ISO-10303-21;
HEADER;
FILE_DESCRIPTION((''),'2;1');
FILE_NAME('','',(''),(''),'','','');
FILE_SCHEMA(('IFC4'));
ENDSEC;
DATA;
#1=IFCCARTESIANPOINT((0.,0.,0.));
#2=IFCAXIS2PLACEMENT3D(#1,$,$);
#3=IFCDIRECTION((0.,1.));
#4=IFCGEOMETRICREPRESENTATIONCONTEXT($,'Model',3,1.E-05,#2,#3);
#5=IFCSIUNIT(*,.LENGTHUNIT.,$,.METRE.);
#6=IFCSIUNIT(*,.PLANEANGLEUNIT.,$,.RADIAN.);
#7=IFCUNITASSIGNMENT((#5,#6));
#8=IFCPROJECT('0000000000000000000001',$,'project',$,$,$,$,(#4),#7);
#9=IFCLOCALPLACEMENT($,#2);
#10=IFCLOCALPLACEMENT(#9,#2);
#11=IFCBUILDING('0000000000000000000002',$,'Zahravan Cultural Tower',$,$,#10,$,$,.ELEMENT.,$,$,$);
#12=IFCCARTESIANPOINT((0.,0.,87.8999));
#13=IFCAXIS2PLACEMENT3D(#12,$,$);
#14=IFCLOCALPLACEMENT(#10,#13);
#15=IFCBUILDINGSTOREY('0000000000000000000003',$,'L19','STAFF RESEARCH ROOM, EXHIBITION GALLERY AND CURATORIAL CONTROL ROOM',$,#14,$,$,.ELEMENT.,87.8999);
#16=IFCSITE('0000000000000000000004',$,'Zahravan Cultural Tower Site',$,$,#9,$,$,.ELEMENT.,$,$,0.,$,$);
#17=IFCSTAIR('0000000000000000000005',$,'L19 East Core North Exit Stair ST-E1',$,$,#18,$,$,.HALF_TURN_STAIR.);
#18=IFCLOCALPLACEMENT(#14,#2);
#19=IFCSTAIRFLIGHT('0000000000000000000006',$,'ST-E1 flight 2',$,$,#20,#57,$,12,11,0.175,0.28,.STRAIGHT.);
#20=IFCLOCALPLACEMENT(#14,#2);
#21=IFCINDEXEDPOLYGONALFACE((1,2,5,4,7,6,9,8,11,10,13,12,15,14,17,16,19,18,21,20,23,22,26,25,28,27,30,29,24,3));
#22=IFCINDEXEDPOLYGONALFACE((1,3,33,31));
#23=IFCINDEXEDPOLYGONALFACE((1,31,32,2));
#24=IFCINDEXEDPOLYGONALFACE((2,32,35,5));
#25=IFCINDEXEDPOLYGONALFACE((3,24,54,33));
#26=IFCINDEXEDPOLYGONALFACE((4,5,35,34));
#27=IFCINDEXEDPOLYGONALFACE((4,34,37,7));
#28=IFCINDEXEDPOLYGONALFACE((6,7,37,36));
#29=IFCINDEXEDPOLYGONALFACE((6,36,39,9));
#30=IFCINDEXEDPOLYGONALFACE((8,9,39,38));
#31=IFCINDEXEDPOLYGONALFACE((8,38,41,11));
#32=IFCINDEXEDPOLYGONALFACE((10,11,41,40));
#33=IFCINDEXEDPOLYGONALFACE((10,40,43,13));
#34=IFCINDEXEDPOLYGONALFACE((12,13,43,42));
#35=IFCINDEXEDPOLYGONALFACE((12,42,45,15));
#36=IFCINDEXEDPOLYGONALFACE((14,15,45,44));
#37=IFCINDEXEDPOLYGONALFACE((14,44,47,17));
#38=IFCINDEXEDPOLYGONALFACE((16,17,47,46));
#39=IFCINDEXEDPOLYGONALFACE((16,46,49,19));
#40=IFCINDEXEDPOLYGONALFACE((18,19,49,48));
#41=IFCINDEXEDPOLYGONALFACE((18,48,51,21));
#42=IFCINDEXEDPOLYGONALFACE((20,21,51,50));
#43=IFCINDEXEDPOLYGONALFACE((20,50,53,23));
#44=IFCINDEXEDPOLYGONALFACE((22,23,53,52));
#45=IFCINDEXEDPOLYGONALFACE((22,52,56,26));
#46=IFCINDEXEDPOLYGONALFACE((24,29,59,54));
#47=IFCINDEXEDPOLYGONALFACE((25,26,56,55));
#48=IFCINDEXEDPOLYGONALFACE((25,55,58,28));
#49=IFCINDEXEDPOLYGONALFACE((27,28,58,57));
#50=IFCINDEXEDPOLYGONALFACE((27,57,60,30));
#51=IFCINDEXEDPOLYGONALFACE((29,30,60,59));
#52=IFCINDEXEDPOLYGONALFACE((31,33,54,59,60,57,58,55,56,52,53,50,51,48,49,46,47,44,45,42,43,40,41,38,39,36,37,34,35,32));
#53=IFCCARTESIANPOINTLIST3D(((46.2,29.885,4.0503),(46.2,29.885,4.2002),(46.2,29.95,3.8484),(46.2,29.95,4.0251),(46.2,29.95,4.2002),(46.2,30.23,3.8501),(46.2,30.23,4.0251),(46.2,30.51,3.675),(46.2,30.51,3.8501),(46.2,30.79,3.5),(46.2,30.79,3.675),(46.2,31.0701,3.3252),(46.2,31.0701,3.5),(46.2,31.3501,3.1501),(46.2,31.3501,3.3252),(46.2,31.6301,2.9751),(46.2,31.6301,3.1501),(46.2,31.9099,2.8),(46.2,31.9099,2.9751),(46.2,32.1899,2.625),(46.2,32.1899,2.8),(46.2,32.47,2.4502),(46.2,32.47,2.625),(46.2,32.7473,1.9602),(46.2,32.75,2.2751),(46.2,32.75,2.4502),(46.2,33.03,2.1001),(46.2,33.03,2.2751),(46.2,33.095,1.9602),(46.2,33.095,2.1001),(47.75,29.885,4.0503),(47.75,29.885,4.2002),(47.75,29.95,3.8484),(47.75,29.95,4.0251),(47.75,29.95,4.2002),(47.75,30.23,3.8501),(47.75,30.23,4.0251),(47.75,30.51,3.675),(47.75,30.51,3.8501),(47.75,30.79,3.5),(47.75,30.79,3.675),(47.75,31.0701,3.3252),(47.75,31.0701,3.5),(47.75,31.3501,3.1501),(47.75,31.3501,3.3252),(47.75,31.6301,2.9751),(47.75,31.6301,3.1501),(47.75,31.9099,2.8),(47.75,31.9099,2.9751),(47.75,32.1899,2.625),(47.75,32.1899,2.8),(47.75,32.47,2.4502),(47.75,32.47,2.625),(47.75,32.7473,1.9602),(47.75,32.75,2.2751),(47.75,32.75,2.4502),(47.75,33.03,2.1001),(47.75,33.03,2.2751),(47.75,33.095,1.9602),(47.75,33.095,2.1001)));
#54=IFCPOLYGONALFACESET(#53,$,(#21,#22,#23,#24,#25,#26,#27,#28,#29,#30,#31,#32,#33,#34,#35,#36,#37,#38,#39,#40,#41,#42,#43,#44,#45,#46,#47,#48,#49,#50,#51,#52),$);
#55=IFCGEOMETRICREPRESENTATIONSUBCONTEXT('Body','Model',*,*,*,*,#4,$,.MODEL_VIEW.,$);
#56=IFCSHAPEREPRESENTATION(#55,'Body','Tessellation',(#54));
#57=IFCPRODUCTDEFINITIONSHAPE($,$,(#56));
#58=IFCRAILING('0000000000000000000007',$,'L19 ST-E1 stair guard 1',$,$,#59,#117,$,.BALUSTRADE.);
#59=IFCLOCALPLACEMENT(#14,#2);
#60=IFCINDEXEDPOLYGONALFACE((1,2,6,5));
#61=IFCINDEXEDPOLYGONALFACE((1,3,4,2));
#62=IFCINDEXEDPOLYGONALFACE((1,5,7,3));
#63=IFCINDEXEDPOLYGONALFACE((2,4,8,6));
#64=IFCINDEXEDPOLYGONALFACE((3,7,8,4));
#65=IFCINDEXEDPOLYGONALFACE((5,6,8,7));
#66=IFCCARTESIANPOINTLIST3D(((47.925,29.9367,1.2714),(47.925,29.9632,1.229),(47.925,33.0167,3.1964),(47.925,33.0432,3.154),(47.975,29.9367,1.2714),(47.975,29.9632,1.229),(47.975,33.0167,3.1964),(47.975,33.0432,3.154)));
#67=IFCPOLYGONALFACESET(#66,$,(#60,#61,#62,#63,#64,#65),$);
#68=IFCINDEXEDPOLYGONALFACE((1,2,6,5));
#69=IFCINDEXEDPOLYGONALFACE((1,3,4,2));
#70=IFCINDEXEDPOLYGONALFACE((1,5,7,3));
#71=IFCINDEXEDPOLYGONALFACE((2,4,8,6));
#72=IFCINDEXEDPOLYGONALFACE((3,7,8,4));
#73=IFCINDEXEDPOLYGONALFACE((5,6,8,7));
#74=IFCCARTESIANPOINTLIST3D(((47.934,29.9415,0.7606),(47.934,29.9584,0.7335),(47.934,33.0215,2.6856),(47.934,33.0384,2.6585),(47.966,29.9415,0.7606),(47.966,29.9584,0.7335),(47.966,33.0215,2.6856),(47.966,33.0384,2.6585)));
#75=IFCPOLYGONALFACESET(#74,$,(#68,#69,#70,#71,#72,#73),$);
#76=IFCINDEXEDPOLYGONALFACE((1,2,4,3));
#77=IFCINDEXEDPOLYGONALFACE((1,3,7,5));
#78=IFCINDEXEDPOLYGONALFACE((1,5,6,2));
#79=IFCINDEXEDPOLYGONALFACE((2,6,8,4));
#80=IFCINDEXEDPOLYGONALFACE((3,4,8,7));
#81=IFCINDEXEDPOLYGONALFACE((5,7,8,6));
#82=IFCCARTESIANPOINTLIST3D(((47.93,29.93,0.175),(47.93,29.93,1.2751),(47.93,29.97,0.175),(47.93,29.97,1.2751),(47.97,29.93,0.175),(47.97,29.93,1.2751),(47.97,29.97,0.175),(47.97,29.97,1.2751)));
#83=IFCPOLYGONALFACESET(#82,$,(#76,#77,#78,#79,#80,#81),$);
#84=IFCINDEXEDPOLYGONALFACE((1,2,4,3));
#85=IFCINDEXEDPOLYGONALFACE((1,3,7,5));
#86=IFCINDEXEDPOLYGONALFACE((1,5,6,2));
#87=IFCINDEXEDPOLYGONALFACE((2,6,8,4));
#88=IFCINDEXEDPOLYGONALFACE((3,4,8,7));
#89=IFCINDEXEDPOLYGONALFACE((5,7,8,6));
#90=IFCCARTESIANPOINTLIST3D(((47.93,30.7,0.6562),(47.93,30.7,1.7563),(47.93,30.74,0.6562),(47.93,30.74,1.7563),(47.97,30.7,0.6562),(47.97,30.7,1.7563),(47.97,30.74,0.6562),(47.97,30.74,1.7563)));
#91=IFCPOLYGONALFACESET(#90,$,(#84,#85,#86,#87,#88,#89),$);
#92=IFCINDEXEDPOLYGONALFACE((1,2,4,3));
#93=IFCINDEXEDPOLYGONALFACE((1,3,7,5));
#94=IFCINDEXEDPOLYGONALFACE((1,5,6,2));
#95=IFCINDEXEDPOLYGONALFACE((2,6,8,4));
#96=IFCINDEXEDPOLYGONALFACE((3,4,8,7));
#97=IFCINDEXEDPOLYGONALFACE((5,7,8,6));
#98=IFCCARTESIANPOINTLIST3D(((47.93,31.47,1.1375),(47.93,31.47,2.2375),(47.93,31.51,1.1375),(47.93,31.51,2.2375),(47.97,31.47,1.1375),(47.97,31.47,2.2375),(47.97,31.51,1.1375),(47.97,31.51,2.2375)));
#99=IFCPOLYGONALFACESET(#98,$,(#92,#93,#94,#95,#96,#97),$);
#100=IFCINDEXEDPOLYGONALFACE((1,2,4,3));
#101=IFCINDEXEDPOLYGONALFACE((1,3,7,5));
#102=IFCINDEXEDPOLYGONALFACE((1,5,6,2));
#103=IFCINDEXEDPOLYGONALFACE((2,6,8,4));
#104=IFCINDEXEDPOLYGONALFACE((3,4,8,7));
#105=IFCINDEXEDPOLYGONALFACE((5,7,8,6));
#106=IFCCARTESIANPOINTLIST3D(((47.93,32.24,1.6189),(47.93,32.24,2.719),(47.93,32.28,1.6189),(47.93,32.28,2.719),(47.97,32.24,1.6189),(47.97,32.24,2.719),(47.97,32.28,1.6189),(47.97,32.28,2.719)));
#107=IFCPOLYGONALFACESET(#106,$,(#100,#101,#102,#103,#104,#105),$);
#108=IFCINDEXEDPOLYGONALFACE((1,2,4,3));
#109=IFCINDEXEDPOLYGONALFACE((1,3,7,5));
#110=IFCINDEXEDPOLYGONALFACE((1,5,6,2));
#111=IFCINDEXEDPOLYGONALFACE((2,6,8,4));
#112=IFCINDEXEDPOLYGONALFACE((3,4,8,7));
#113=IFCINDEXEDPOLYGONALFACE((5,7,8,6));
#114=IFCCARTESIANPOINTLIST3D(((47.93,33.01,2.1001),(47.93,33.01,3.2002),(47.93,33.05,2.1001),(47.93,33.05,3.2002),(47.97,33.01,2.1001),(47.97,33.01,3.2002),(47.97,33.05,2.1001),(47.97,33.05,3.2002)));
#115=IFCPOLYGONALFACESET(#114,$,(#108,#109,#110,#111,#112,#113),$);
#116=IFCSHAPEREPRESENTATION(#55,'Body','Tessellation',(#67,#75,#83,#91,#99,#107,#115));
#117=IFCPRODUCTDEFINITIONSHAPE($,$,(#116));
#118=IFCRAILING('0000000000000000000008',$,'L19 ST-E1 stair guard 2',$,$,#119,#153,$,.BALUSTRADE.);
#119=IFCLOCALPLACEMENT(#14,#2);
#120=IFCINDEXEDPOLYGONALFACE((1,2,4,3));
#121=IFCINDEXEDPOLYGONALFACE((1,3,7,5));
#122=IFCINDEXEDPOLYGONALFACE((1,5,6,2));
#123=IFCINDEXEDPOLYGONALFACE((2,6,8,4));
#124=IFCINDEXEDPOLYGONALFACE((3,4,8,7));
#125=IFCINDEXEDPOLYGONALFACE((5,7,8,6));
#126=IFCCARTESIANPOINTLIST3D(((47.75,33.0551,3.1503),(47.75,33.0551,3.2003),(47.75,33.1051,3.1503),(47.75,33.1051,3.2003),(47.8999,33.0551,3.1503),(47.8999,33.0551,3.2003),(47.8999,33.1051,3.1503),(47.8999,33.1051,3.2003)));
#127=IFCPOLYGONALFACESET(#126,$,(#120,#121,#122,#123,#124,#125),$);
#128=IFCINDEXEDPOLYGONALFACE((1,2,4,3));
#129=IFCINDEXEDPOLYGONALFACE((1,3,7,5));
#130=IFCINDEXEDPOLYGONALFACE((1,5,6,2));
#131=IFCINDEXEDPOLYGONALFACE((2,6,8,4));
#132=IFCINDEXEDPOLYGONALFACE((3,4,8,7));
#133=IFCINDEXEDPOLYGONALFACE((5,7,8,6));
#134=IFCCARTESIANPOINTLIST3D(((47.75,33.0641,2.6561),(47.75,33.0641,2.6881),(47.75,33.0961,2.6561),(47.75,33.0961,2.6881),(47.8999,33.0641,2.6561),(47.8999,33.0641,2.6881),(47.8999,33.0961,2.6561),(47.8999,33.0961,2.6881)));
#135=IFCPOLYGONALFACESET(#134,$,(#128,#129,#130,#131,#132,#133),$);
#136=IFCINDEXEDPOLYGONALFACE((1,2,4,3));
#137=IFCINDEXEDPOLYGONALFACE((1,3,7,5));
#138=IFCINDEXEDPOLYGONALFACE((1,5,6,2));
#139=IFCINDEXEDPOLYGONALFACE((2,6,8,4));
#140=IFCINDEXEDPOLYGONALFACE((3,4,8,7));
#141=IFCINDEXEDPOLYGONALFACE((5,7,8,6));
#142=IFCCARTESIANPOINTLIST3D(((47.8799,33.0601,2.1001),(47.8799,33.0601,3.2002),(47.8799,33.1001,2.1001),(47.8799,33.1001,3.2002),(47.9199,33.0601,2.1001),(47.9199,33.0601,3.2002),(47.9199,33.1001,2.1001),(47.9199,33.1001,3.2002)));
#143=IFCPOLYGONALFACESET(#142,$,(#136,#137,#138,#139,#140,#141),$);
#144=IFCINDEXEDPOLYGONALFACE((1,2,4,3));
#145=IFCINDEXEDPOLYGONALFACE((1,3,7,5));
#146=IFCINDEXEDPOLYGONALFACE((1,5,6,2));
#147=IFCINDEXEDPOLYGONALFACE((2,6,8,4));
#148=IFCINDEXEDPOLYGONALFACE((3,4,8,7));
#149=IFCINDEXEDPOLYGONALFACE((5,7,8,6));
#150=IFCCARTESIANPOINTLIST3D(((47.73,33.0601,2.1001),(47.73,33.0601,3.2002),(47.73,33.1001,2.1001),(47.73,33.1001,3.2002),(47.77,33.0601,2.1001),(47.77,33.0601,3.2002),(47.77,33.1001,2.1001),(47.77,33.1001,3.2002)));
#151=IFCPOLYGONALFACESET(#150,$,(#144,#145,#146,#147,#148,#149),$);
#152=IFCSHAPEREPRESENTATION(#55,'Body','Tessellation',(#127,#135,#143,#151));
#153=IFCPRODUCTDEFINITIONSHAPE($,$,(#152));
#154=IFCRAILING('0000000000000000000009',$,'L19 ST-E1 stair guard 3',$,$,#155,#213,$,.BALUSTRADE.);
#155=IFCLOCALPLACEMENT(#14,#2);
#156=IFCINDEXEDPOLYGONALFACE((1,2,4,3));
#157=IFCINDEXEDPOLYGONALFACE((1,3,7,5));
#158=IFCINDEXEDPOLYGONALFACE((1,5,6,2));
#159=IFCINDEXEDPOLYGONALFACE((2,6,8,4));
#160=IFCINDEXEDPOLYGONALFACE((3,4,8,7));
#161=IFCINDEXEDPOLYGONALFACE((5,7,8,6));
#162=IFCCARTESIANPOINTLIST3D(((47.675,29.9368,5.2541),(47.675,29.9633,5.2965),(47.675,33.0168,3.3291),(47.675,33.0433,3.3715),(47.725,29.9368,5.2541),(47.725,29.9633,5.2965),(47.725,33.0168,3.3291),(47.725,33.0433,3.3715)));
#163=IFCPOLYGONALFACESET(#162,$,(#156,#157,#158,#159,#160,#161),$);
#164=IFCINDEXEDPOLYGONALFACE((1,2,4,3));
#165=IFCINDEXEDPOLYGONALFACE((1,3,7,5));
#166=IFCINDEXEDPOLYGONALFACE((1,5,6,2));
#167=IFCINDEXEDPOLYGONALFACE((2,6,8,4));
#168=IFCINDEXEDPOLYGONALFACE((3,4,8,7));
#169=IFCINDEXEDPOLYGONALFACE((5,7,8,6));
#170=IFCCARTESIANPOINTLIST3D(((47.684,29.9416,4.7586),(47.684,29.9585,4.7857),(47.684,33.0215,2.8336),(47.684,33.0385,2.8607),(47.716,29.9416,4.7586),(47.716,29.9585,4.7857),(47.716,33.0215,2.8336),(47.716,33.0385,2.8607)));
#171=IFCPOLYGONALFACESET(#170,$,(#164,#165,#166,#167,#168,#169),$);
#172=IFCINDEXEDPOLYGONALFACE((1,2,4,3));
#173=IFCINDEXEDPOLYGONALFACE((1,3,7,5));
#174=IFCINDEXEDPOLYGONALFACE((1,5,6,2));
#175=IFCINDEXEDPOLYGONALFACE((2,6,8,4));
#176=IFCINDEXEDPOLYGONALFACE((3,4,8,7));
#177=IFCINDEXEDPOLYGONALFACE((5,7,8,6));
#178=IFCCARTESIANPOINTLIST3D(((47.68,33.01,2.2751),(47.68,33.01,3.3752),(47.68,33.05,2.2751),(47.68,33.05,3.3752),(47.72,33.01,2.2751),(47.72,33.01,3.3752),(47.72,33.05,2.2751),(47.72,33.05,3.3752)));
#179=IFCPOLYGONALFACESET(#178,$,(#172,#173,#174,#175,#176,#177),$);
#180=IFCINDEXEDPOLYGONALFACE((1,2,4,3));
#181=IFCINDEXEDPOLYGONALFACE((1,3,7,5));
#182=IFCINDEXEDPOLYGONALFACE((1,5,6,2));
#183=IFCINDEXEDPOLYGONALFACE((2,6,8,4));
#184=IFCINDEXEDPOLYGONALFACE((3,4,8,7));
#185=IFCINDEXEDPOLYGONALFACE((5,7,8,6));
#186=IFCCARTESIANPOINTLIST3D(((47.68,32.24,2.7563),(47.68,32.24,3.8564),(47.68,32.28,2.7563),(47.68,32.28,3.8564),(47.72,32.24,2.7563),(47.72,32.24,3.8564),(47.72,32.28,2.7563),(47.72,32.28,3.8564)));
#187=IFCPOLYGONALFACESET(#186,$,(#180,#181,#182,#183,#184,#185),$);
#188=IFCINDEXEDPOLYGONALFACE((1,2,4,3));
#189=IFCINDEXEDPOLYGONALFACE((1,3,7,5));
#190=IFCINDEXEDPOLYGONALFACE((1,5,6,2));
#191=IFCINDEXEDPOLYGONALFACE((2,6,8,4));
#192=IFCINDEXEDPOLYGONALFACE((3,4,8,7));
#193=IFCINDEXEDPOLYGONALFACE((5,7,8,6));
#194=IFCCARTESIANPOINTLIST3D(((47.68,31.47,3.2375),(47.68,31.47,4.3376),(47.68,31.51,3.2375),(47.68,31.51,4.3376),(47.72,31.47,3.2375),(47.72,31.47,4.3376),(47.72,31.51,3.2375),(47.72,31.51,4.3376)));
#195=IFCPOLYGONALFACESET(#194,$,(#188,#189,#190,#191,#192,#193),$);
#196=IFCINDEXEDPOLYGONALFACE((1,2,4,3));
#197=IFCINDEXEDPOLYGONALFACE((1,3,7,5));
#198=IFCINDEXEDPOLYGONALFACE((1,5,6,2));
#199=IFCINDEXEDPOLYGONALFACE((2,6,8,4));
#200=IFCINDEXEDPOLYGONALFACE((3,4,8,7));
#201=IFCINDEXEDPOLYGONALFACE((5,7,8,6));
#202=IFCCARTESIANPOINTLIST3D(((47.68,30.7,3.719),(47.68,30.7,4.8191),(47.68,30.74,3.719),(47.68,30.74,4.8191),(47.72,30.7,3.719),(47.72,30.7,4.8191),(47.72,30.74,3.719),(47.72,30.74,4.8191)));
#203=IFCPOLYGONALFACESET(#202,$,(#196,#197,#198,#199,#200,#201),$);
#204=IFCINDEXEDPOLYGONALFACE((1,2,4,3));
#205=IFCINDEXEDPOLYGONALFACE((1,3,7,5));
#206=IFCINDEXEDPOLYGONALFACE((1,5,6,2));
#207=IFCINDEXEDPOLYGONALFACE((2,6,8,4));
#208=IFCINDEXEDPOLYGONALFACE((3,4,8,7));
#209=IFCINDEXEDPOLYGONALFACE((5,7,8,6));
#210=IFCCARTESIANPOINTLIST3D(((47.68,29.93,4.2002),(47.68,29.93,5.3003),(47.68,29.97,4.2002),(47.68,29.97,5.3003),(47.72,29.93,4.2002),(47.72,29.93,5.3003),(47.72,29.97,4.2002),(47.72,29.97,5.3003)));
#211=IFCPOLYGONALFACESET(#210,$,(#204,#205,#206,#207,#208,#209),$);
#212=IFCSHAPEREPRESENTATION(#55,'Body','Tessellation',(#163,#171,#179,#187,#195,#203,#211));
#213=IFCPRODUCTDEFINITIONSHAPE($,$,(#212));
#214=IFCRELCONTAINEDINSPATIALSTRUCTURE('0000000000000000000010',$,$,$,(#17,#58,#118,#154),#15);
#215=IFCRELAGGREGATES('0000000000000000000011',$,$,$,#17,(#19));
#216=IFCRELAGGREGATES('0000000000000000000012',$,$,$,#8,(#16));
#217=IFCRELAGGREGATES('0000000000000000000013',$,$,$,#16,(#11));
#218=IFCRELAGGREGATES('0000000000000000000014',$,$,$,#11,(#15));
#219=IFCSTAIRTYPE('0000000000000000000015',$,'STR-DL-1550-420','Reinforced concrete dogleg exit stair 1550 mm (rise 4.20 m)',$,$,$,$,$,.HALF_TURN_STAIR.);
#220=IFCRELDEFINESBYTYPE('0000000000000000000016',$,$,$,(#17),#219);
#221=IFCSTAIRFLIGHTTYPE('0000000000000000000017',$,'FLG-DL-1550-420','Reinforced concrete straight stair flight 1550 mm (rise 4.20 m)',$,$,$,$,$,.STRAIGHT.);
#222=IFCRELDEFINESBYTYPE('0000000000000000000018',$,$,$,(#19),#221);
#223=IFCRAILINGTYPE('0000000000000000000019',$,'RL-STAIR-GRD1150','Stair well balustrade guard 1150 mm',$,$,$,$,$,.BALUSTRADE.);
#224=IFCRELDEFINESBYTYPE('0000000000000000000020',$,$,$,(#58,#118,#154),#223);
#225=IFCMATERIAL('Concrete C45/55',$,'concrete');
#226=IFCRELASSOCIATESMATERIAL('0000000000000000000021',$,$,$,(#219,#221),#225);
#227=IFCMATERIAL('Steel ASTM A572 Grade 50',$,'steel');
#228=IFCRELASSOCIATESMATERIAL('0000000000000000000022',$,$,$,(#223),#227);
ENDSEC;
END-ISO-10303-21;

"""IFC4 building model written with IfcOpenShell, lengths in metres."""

from ifc_helpers import new_model, si_unit, direction, frame, origin, origin_2d, place, context, subcontext, project, spatial, polyline, rectangle, outline, extrude, material, type_object, element, aggregate, save


model = new_model("IFC4")

# Units and contexts
model_context = context("Model", 3, precision=1e-05, world=origin(), true_north=direction((0.0, 1.0)))
body_context = subcontext(model_context, "Body", "Model", "MODEL_VIEW")
ifc_project = project(units=[si_unit("LENGTHUNIT", "METRE"), si_unit("PLANEANGLEUNIT", "RADIAN")], contexts=[model_context])

# Site, building, storey
site_placement = place(None, origin())
site = spatial("IfcSite", under=ifc_project, at=site_placement, Name="Zahravan Cultural Tower Site", CompositionType="ELEMENT", RefElevation=0.0)
building_placement = place(site_placement, origin())
building = spatial("IfcBuilding", under=site, at=building_placement, Name="Zahravan Cultural Tower", CompositionType="ELEMENT")
storey_placement = place(building_placement, frame((0.0, 0.0, 87.8999)))
storey = spatial("IfcBuildingStorey", under=building, at=storey_placement, Name="L19", Description="STAFF RESEARCH ROOM, EXHIBITION GALLERY AND CURATORIAL CONTROL ROOM", CompositionType="ELEMENT", Elevation=87.8999)

# Shared definitions
ifc_material_1 = material(Name="Concrete C45/55", Category="concrete")
ifc_material_2 = material(Name="Steel ASTM A572 Grade 50", Category="steel")

# Stair, stair flight
stair_type = type_object("IfcStairType", Name="STR-DL-1550-420", Description="Reinforced concrete dogleg exit stair 1550 mm (rise 4.20 m)", PredefinedType="HALF_TURN_STAIR", material=ifc_material_1)
stair_placement = place(storey_placement, origin())
stair = element("IfcStair", 1, at=stair_placement, inside=storey, type_object=stair_type, Name="L19 East Core North Exit Stair ST-E1", PredefinedType="HALF_TURN_STAIR")
stair_flight_type = type_object("IfcStairFlightType", Name="FLG-DL-1550-420", Description="Reinforced concrete straight stair flight 1550 mm (rise 4.20 m)", PredefinedType="STRAIGHT", material=ifc_material_1)
stair_flight_1_placement = place(storey_placement, frame((46.9751, 33.03, 2.1001), z_axis=(0.0, 0.0, 1.0), x_axis=(0.0, -1.0, 0.0)))
stair_flight_1 = element("IfcStairFlight", 2, at=stair_flight_1_placement, type_object=stair_flight_type, Name="ST-E1 flight 2", NumberOfRisers=12, NumberOfTreads=11, PredefinedType="STRAIGHT", RiserHeight=0.175, TreadLength=0.28, context=body_context, shape_type="SweptSolid", body=[
    extrude(outline(polyline([(-0.0649, -0.1399), (-0.0649, 0.0), (0.0, 0.0), (0.0, 0.175), (0.28, 0.175), (0.28, 0.3501), (0.5601, 0.3501), (0.5601, 0.5249), (0.8401, 0.5249), (0.8401, 0.7), (1.1201, 0.7), (1.1201, 0.875), (1.3999, 0.875), (1.3999, 1.05), (1.6799, 1.05), (1.6799, 1.2251), (1.96, 1.2251), (1.96, 1.3999), (2.24, 1.3999), (2.24, 1.575), (2.52, 1.575), (2.52, 1.75), (2.8, 1.75), (2.8, 1.925), (3.0801, 1.925), (3.0801, 2.1001), (3.145, 2.1001), (3.145, 1.9502), (3.0801, 1.7483), (0.2827, -0.1399), (-0.0649, -0.1399)])), frame((0.0, 0.7749, 0.0), z_axis=(0.0, -1.0, 0.0), x_axis=(1.0, 0.0, 0.0)), (0.0, 0.0, 1.0), 1.55),
])
aggregate(stair, [stair_flight_1])

# Railings
railing_type_1 = type_object("IfcRailingType", Name="RL-STAIR-GRD1150", Description="Stair well balustrade guard 1150 mm", PredefinedType="BALUSTRADE", material=ifc_material_2)
railing_1_placement = place(storey_placement, frame((47.95, 29.95, 0.175)))
element("IfcRailing", 3, at=railing_1_placement, inside=storey, type_object=railing_type_1, Name="L19 ST-E1 stair guard 1", PredefinedType="BALUSTRADE", context=body_context, shape_type="SweptSolid", body=[
    extrude(rectangle(XDim=0.05, YDim=0.05, at=origin_2d()), frame((0.0, 0.0, 1.0752), z_axis=(0.0, 0.847998, 0.529999), x_axis=(-1.0, 0.0, 0.0)), (0.0, 0.0, 1.0), 3.6321),
    extrude(rectangle(XDim=0.032, YDim=0.032, at=origin_2d()), frame((0.0, 0.0, 0.572), z_axis=(0.0, 0.847998, 0.529999), x_axis=(-1.0, 0.0, 0.0)), (0.0, 0.0, 1.0), 3.6321),
    extrude(rectangle(XDim=0.04, YDim=0.04, at=origin_2d()), origin(), (0.0, 0.0, 1.0), 1.1001),
    extrude(rectangle(XDim=0.04, YDim=0.04, at=origin_2d()), frame((0.0, 0.77, 0.4812)), (0.0, 0.0, 1.0), 1.1001),
    extrude(rectangle(XDim=0.04, YDim=0.04, at=origin_2d()), frame((0.0, 1.54, 0.9624)), (0.0, 0.0, 1.0), 1.1001),
    extrude(rectangle(XDim=0.04, YDim=0.04, at=origin_2d()), frame((0.0, 2.3101, 1.4438)), (0.0, 0.0, 1.0), 1.1001),
    extrude(rectangle(XDim=0.04, YDim=0.04, at=origin_2d()), frame((0.0, 3.0801, 1.925)), (0.0, 0.0, 1.0), 1.1001),
])
railing_2_placement = place(storey_placement, frame((47.8999, 33.0801, 2.1001)))
element("IfcRailing", 4, at=railing_2_placement, inside=storey, type_object=railing_type_1, Name="L19 ST-E1 stair guard 2", PredefinedType="BALUSTRADE", context=body_context, shape_type="SweptSolid", body=[
    extrude(rectangle(XDim=0.05, YDim=0.05, at=origin_2d()), frame((0.0, 0.0, 1.0752), z_axis=(-1.0, 0.0, 0.0), x_axis=(0.0, -1.0, 0.0)), (0.0, 0.0, 1.0), 0.1499),
    extrude(rectangle(XDim=0.032, YDim=0.032, at=origin_2d()), frame((0.0, 0.0, 0.572), z_axis=(-1.0, 0.0, 0.0), x_axis=(0.0, -1.0, 0.0)), (0.0, 0.0, 1.0), 0.1499),
    extrude(rectangle(XDim=0.04, YDim=0.04, at=origin_2d()), origin(), (0.0, 0.0, 1.0), 1.1001),
    extrude(rectangle(XDim=0.04, YDim=0.04, at=origin_2d()), frame((-0.1499, 0.0, 0.0)), (0.0, 0.0, 1.0), 1.1001),
])
railing_3_placement = place(storey_placement, frame((47.7, 33.03, 2.2751)))
element("IfcRailing", 5, at=railing_3_placement, inside=storey, type_object=railing_type_1, Name="L19 ST-E1 stair guard 3", PredefinedType="BALUSTRADE", context=body_context, shape_type="SweptSolid", body=[
    extrude(rectangle(XDim=0.05, YDim=0.05, at=origin_2d()), frame((0.0, 0.0, 1.0752), z_axis=(0.0, -0.847998, 0.529999), x_axis=(1.0, 0.0, 0.0)), (0.0, 0.0, 1.0), 3.6321),
    extrude(rectangle(XDim=0.032, YDim=0.032, at=origin_2d()), frame((0.0, 0.0, 0.572), z_axis=(0.0, -0.847998, 0.529999), x_axis=(1.0, 0.0, 0.0)), (0.0, 0.0, 1.0), 3.6321),
    extrude(rectangle(XDim=0.04, YDim=0.04, at=origin_2d()), origin(), (0.0, 0.0, 1.0), 1.1001),
    extrude(rectangle(XDim=0.04, YDim=0.04, at=origin_2d()), frame((0.0, -0.77, 0.4812)), (0.0, 0.0, 1.0), 1.1001),
    extrude(rectangle(XDim=0.04, YDim=0.04, at=origin_2d()), frame((0.0, -1.54, 0.9624)), (0.0, 0.0, 1.0), 1.1001),
    extrude(rectangle(XDim=0.04, YDim=0.04, at=origin_2d()), frame((0.0, -2.3101, 1.4438)), (0.0, 0.0, 1.0), 1.1001),
    extrude(rectangle(XDim=0.04, YDim=0.04, at=origin_2d()), frame((0.0, -3.0801, 1.925)), (0.0, 0.0, 1.0), 1.1001),
])

save(model, "model.ifc")
